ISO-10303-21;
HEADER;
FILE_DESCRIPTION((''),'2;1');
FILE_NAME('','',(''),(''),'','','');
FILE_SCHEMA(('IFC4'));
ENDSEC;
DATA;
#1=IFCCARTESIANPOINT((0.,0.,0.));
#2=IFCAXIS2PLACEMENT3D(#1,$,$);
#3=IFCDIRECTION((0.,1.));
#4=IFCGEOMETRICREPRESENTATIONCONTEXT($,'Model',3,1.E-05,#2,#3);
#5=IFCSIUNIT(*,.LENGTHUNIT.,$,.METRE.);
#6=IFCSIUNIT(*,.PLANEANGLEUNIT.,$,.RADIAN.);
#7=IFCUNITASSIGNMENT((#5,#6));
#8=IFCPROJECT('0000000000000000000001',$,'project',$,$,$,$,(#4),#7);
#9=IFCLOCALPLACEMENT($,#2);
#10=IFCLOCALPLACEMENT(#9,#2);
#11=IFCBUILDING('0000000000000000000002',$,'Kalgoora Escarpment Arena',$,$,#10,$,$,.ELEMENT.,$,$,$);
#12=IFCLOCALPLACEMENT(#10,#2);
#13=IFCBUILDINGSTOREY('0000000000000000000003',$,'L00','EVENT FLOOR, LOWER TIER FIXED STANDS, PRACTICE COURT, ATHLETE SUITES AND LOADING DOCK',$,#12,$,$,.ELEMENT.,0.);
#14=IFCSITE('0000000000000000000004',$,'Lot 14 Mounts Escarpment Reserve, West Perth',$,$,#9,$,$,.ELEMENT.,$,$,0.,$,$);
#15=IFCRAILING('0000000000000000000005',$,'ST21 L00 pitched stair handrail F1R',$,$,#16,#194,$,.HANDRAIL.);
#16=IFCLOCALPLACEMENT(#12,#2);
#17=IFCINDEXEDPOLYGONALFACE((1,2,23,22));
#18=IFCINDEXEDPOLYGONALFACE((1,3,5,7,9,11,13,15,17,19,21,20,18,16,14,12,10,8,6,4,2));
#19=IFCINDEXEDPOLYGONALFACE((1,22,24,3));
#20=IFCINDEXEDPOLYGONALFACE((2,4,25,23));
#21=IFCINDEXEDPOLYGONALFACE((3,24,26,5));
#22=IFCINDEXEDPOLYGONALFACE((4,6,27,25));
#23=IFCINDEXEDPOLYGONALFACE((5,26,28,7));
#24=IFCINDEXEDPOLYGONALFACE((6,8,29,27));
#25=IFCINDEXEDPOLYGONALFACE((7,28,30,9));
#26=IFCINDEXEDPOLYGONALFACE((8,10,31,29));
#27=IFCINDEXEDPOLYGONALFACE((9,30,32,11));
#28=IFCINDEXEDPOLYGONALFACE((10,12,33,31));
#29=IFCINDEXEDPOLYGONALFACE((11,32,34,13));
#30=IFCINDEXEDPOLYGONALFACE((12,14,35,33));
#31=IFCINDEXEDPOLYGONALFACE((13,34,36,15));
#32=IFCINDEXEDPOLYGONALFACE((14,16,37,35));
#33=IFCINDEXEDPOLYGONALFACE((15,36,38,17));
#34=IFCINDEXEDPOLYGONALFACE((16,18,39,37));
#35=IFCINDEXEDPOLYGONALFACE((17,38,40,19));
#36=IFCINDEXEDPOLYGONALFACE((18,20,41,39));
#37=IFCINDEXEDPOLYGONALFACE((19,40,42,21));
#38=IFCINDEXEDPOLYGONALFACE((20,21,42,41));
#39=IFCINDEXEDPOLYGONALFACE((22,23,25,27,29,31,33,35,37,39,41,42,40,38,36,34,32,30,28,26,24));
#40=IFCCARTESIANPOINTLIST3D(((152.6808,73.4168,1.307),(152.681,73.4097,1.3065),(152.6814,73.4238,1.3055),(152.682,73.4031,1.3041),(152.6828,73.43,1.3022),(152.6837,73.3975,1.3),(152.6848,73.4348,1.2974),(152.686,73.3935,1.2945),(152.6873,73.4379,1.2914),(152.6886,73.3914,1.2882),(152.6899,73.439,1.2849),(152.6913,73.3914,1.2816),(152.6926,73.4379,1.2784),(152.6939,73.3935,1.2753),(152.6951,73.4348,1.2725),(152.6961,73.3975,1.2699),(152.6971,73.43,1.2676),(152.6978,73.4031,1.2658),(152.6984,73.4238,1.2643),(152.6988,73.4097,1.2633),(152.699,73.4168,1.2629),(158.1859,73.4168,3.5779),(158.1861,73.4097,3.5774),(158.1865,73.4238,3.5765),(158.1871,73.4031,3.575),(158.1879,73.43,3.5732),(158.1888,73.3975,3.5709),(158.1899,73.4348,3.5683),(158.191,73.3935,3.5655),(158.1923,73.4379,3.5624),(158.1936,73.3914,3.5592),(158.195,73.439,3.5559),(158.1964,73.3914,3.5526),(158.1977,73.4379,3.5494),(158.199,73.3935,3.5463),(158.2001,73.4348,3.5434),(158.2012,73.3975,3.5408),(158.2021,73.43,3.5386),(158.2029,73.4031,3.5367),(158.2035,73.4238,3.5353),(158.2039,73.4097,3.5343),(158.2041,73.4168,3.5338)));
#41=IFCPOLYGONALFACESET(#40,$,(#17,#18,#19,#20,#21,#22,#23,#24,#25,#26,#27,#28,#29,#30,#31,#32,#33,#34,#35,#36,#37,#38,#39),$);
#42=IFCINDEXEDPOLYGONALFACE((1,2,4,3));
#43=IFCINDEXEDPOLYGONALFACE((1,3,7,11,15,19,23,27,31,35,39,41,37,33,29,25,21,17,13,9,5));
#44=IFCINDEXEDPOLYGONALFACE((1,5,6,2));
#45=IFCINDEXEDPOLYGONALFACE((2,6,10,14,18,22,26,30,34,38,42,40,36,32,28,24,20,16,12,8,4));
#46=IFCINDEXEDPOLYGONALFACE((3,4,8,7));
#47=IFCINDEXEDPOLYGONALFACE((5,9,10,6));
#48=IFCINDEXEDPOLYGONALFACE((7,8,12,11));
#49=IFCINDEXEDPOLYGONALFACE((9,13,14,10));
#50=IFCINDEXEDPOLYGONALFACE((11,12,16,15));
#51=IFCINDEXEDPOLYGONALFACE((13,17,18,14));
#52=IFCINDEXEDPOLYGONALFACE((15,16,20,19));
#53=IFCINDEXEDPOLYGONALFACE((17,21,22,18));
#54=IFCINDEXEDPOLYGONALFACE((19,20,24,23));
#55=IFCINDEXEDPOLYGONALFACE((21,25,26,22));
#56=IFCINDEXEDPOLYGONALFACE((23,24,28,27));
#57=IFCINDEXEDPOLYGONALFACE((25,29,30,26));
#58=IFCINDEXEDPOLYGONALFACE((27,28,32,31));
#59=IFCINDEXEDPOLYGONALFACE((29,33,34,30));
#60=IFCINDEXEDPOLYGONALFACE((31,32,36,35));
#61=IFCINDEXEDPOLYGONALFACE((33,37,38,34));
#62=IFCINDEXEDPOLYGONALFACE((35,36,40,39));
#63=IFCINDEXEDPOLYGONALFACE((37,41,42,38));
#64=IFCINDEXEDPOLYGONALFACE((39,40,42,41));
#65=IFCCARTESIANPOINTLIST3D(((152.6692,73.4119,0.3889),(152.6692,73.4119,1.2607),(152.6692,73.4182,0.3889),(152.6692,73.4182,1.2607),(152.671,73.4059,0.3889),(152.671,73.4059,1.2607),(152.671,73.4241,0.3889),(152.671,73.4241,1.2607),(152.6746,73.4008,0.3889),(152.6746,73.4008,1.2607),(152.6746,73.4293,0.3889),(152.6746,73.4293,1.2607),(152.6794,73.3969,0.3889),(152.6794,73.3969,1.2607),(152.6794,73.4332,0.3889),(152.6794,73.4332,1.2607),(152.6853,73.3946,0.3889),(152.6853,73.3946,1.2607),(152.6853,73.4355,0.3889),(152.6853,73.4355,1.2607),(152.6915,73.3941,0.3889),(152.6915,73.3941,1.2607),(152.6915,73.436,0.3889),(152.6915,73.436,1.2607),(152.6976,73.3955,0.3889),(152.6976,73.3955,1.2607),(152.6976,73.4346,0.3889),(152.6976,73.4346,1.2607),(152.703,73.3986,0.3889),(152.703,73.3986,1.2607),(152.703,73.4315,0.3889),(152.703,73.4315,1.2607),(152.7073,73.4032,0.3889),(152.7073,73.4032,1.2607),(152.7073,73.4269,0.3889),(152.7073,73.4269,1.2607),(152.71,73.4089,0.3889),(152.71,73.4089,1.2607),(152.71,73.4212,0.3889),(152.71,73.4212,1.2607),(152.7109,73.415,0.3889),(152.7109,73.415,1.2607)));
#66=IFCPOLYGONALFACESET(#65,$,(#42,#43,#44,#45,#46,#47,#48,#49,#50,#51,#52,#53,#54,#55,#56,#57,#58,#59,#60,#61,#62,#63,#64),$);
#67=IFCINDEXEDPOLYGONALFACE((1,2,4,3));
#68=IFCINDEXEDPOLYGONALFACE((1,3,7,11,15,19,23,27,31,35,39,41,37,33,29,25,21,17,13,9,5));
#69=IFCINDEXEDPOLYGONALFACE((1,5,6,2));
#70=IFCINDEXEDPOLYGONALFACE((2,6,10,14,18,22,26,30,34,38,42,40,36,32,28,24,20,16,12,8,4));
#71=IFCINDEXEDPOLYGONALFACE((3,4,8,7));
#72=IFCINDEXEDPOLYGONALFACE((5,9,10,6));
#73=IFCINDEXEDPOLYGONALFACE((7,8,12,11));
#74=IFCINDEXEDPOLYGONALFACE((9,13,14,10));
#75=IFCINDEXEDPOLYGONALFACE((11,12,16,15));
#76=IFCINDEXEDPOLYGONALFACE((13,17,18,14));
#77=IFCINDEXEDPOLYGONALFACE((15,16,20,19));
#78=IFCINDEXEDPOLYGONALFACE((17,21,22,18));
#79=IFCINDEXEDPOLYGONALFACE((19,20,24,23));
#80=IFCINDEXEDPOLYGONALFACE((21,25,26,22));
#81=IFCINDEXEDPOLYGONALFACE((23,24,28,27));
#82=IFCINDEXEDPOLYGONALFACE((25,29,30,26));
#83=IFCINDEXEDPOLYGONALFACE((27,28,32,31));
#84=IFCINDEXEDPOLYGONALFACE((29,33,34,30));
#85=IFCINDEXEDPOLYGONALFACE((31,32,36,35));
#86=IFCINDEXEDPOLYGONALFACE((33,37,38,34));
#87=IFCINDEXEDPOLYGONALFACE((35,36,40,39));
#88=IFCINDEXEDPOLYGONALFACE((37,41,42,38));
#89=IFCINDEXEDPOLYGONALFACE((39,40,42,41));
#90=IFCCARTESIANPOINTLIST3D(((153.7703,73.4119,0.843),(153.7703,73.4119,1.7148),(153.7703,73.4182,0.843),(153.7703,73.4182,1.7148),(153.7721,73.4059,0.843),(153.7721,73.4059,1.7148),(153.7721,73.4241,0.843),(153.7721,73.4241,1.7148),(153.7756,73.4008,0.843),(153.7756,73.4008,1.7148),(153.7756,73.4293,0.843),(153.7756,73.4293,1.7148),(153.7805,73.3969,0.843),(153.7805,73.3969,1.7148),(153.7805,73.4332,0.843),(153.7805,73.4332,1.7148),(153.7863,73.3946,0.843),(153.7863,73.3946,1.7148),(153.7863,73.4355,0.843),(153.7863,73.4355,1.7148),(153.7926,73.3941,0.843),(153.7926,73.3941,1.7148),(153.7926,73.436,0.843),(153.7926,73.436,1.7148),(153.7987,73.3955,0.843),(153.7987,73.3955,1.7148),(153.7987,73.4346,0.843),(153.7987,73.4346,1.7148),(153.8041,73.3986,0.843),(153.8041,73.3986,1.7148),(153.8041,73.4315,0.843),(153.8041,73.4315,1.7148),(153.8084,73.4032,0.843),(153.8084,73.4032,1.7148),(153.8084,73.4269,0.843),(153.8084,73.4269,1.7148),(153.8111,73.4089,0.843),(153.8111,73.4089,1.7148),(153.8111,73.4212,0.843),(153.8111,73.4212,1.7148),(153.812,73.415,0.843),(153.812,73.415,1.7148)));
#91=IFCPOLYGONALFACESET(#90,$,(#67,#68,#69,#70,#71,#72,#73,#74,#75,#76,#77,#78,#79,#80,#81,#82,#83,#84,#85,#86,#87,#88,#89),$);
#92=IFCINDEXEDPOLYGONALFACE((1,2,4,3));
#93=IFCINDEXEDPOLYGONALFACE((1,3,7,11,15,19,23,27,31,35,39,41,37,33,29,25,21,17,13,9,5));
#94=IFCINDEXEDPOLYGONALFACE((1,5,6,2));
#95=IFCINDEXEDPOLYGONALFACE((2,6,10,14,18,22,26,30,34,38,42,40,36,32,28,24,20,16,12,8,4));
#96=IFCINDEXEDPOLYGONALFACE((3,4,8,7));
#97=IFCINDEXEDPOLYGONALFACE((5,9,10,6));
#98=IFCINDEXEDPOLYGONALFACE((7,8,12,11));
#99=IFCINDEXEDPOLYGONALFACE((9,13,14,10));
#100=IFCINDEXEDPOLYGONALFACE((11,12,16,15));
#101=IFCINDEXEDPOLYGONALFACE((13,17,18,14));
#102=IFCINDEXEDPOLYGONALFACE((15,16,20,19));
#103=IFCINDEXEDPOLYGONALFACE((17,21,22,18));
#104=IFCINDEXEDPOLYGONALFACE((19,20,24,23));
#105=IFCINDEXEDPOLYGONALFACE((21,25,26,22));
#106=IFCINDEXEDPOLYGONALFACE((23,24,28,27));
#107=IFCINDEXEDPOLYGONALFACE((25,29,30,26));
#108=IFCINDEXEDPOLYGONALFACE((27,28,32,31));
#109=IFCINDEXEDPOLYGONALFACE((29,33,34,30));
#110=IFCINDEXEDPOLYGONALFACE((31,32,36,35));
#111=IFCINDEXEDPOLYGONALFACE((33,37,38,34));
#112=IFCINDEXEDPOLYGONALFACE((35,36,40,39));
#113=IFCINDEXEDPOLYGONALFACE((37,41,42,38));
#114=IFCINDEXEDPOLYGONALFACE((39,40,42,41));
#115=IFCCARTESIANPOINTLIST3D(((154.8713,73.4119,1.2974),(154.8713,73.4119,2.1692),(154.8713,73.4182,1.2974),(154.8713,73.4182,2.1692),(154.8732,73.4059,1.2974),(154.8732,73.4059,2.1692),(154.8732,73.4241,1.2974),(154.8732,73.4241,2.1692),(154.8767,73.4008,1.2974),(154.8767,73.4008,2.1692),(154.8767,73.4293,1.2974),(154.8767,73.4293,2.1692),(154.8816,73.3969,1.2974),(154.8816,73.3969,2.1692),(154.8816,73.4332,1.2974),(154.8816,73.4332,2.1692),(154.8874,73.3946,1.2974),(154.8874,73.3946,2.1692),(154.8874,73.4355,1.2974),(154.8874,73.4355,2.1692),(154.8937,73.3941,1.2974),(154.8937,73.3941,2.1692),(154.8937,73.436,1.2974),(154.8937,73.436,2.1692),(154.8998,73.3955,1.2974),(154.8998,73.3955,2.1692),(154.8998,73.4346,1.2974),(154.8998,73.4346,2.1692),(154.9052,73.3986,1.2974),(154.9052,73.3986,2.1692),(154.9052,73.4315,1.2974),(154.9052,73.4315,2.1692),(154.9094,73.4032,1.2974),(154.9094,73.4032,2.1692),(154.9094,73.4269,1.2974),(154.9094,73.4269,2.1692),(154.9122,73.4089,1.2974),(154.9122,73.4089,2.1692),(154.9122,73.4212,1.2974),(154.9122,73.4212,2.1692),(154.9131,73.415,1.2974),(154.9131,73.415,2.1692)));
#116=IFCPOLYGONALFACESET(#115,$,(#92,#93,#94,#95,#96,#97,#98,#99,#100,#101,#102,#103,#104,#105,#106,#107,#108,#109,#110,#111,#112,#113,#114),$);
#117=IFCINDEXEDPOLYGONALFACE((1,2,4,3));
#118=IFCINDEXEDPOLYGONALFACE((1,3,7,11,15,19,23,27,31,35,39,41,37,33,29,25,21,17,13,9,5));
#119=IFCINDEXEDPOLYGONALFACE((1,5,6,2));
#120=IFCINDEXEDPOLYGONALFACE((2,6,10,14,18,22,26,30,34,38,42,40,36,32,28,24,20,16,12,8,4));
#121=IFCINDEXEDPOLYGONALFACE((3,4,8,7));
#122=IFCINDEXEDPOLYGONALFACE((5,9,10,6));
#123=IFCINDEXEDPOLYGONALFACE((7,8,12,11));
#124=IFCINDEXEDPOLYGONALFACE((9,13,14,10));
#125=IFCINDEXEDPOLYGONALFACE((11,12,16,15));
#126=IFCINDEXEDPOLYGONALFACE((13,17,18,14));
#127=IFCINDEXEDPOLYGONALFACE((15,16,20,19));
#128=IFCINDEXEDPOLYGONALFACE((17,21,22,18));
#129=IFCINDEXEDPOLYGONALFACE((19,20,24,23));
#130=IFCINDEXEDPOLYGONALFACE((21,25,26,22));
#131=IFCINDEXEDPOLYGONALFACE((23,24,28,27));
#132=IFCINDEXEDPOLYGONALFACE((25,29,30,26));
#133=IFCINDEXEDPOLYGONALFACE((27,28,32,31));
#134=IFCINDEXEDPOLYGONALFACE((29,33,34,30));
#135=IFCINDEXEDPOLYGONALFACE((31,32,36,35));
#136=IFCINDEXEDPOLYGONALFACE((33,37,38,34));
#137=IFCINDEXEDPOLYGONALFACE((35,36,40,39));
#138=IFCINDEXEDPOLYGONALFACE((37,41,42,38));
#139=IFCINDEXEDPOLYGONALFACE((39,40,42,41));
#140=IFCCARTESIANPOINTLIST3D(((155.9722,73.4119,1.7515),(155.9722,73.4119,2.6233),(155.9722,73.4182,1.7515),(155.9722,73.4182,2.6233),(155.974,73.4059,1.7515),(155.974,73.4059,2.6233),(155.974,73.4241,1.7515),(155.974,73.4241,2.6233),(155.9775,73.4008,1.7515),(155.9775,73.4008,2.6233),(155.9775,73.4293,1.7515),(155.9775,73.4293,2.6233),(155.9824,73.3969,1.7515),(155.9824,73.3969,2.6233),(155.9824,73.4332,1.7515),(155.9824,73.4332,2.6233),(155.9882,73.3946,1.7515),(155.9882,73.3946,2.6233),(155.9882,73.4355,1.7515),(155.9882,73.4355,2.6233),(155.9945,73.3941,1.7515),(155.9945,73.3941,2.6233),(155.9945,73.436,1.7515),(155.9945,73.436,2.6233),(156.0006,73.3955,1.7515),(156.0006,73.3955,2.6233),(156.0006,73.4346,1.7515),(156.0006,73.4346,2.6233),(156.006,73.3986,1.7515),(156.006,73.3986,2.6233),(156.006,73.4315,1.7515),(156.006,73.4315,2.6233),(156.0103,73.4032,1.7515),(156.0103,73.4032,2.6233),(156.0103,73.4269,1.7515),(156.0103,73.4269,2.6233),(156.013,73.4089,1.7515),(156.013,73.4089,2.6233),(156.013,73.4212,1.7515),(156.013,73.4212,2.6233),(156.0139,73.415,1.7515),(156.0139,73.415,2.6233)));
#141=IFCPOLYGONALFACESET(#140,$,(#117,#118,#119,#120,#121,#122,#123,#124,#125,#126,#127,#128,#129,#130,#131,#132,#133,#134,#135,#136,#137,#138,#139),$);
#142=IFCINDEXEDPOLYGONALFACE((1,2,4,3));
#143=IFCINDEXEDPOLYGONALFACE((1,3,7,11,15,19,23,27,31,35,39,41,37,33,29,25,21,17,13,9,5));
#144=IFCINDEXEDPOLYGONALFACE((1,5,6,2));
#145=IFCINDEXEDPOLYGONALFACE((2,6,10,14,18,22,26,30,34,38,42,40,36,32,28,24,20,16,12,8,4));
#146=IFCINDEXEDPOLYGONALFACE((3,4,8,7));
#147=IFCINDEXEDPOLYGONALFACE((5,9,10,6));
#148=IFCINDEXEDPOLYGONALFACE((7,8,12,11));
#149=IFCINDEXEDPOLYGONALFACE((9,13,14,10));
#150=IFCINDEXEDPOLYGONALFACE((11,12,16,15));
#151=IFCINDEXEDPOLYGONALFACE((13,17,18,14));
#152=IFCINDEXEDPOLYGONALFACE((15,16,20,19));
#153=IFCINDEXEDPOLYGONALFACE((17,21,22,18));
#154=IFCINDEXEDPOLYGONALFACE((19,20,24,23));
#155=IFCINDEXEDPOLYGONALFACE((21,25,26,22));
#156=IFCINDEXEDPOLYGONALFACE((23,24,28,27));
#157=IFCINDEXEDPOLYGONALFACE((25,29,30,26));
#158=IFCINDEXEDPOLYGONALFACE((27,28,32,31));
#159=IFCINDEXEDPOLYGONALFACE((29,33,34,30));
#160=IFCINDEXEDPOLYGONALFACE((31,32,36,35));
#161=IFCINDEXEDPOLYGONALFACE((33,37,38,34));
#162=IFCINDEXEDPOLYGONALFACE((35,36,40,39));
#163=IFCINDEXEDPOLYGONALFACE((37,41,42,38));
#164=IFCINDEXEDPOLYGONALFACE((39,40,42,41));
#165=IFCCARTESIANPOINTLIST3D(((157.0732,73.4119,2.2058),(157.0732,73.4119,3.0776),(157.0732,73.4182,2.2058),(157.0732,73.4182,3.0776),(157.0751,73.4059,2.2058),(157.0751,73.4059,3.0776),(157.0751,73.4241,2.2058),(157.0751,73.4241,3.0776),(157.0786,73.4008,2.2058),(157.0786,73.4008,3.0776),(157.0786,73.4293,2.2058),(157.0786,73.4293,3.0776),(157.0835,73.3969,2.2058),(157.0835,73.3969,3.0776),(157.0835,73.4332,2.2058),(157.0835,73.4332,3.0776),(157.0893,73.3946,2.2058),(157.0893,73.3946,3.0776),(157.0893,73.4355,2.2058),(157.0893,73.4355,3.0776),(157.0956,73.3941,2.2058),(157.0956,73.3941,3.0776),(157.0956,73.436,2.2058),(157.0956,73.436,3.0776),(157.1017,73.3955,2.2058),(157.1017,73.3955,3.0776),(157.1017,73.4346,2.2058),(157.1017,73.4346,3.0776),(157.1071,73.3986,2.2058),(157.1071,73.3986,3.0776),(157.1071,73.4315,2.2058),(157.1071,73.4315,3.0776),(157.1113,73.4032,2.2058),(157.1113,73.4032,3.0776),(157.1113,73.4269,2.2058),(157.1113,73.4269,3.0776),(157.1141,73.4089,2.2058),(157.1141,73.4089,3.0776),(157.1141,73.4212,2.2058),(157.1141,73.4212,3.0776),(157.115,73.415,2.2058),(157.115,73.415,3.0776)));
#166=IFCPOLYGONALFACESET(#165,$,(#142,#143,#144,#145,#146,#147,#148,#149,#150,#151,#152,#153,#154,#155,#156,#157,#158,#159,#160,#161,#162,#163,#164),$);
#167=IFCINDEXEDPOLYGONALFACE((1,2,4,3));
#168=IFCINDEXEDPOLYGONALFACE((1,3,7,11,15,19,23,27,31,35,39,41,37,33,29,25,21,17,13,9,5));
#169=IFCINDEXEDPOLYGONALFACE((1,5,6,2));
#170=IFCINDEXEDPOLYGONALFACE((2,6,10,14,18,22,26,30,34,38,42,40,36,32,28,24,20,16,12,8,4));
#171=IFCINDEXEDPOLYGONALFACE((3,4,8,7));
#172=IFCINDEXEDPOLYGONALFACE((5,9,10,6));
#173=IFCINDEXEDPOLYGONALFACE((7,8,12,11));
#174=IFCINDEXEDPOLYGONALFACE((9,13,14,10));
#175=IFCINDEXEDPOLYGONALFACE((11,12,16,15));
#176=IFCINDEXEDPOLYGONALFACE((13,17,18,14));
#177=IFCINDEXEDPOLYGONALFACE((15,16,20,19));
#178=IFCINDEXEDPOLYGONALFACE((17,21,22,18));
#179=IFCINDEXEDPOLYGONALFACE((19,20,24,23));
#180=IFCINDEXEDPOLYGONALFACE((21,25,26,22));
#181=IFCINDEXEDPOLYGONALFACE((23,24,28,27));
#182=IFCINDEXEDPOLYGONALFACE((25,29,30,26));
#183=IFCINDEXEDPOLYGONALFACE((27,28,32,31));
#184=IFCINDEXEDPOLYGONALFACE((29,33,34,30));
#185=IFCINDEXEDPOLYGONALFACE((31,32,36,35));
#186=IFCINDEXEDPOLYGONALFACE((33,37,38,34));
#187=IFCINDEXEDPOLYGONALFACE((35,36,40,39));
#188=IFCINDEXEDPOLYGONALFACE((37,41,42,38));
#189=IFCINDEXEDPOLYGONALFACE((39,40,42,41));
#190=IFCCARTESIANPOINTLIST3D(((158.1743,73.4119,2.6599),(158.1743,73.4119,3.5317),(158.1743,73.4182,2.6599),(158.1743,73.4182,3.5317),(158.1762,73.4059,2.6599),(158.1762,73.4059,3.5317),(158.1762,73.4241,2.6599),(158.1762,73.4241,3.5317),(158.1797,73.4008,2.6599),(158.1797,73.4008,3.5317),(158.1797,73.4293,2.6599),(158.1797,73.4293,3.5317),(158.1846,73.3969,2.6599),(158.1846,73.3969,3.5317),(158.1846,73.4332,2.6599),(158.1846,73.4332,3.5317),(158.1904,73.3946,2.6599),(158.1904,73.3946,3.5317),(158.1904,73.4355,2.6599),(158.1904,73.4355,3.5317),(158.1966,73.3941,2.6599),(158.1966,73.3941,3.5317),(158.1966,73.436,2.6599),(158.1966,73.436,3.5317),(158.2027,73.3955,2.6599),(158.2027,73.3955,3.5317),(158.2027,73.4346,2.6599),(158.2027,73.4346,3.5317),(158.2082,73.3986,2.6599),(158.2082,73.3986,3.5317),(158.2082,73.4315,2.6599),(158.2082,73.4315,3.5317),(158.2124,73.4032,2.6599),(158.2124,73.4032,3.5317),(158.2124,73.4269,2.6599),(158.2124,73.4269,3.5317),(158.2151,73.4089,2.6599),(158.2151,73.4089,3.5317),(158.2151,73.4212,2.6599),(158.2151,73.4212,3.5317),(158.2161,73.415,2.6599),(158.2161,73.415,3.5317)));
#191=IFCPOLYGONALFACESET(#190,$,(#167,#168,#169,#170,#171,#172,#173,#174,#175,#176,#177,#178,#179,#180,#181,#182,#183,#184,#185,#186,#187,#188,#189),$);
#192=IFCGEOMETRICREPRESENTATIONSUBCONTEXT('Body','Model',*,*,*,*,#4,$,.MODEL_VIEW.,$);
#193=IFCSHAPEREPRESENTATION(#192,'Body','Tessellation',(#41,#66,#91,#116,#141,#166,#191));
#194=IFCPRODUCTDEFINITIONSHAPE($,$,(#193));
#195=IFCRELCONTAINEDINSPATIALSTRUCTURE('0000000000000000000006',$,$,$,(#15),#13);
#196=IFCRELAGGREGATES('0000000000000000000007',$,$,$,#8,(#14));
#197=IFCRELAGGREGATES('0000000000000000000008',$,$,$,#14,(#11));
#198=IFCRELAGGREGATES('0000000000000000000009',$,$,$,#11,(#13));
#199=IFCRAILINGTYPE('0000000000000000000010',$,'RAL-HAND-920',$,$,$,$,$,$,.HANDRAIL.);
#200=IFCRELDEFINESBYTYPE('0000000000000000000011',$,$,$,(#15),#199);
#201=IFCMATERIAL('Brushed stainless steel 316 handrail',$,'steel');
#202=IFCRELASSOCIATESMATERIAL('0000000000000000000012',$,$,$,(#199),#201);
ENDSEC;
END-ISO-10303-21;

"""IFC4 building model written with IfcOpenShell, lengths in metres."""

from ifc_helpers import new_model, si_unit, direction, frame, origin, origin_2d, place, context, subcontext, project, spatial, circle, extrude, material, type_object, element, save


model = new_model("IFC4")

# Units and contexts
model_context = context("Model", 3, precision=1e-05, world=origin(), true_north=direction((0.0, 1.0)))
body_context = subcontext(model_context, "Body", "Model", "MODEL_VIEW")
ifc_project = project(units=[si_unit("LENGTHUNIT", "METRE"), si_unit("PLANEANGLEUNIT", "RADIAN")], contexts=[model_context])

# Site, building, storey
site_placement = place(None, origin())
site = spatial("IfcSite", under=ifc_project, at=site_placement, Name="Lot 14 Mounts Escarpment Reserve, West Perth", CompositionType="ELEMENT", RefElevation=0.0)
building_placement = place(site_placement, origin())
building = spatial("IfcBuilding", under=site, at=building_placement, Name="Kalgoora Escarpment Arena", CompositionType="ELEMENT")
storey_placement = place(building_placement, origin())
storey = spatial("IfcBuildingStorey", under=building, at=storey_placement, Name="L00", Description="EVENT FLOOR, LOWER TIER FIXED STANDS, PRACTICE COURT, ATHLETE SUITES AND LOADING DOCK", CompositionType="ELEMENT", Elevation=0.0)

# Railing
ifc_material_1 = material(Name="Brushed stainless steel 316 handrail", Category="steel")
railing_type_1 = type_object("IfcRailingType", Name="RAL-HAND-920", PredefinedType="HANDRAIL", material=ifc_material_1)
for number, where, name in (
    (1, (152.6899, 73.415, 0.3889), "ST21 L00 pitched stair handrail F1R"),
):
    element("IfcRailing", number, at=place(storey_placement, frame(where)), inside=storey, type_object=railing_type_1, Name=name, PredefinedType="HANDRAIL", context=body_context, shape_type="SweptSolid", body=[
        extrude(circle(Radius=0.0239, at=origin_2d()), frame((0.0, 0.0, 0.896), z_axis=(0.924431, 0.0, 0.38135), x_axis=(0.0, 1.0, 0.0)), (0.0, 0.0, 1.0), 5.9551),
        extrude(circle(Radius=0.021, at=origin_2d()), origin(), (0.0, 0.0, 1.0), 0.8718),
        extrude(circle(Radius=0.021, at=origin_2d()), frame((1.1011, 0.0, 0.4541)), (0.0, 0.0, 1.0), 0.8718),
        extrude(circle(Radius=0.021, at=origin_2d()), frame((2.2021, 0.0, 0.9084)), (0.0, 0.0, 1.0), 0.8718),
        extrude(circle(Radius=0.021, at=origin_2d()), frame((3.303, 0.0, 1.3625)), (0.0, 0.0, 1.0), 0.8718),
        extrude(circle(Radius=0.021, at=origin_2d()), frame((4.4041, 0.0, 1.8169)), (0.0, 0.0, 1.0), 0.8718),
        extrude(circle(Radius=0.021, at=origin_2d()), frame((5.5051, 0.0, 2.271)), (0.0, 0.0, 1.0), 0.8718),
    ])

save(model, "model.ifc")
